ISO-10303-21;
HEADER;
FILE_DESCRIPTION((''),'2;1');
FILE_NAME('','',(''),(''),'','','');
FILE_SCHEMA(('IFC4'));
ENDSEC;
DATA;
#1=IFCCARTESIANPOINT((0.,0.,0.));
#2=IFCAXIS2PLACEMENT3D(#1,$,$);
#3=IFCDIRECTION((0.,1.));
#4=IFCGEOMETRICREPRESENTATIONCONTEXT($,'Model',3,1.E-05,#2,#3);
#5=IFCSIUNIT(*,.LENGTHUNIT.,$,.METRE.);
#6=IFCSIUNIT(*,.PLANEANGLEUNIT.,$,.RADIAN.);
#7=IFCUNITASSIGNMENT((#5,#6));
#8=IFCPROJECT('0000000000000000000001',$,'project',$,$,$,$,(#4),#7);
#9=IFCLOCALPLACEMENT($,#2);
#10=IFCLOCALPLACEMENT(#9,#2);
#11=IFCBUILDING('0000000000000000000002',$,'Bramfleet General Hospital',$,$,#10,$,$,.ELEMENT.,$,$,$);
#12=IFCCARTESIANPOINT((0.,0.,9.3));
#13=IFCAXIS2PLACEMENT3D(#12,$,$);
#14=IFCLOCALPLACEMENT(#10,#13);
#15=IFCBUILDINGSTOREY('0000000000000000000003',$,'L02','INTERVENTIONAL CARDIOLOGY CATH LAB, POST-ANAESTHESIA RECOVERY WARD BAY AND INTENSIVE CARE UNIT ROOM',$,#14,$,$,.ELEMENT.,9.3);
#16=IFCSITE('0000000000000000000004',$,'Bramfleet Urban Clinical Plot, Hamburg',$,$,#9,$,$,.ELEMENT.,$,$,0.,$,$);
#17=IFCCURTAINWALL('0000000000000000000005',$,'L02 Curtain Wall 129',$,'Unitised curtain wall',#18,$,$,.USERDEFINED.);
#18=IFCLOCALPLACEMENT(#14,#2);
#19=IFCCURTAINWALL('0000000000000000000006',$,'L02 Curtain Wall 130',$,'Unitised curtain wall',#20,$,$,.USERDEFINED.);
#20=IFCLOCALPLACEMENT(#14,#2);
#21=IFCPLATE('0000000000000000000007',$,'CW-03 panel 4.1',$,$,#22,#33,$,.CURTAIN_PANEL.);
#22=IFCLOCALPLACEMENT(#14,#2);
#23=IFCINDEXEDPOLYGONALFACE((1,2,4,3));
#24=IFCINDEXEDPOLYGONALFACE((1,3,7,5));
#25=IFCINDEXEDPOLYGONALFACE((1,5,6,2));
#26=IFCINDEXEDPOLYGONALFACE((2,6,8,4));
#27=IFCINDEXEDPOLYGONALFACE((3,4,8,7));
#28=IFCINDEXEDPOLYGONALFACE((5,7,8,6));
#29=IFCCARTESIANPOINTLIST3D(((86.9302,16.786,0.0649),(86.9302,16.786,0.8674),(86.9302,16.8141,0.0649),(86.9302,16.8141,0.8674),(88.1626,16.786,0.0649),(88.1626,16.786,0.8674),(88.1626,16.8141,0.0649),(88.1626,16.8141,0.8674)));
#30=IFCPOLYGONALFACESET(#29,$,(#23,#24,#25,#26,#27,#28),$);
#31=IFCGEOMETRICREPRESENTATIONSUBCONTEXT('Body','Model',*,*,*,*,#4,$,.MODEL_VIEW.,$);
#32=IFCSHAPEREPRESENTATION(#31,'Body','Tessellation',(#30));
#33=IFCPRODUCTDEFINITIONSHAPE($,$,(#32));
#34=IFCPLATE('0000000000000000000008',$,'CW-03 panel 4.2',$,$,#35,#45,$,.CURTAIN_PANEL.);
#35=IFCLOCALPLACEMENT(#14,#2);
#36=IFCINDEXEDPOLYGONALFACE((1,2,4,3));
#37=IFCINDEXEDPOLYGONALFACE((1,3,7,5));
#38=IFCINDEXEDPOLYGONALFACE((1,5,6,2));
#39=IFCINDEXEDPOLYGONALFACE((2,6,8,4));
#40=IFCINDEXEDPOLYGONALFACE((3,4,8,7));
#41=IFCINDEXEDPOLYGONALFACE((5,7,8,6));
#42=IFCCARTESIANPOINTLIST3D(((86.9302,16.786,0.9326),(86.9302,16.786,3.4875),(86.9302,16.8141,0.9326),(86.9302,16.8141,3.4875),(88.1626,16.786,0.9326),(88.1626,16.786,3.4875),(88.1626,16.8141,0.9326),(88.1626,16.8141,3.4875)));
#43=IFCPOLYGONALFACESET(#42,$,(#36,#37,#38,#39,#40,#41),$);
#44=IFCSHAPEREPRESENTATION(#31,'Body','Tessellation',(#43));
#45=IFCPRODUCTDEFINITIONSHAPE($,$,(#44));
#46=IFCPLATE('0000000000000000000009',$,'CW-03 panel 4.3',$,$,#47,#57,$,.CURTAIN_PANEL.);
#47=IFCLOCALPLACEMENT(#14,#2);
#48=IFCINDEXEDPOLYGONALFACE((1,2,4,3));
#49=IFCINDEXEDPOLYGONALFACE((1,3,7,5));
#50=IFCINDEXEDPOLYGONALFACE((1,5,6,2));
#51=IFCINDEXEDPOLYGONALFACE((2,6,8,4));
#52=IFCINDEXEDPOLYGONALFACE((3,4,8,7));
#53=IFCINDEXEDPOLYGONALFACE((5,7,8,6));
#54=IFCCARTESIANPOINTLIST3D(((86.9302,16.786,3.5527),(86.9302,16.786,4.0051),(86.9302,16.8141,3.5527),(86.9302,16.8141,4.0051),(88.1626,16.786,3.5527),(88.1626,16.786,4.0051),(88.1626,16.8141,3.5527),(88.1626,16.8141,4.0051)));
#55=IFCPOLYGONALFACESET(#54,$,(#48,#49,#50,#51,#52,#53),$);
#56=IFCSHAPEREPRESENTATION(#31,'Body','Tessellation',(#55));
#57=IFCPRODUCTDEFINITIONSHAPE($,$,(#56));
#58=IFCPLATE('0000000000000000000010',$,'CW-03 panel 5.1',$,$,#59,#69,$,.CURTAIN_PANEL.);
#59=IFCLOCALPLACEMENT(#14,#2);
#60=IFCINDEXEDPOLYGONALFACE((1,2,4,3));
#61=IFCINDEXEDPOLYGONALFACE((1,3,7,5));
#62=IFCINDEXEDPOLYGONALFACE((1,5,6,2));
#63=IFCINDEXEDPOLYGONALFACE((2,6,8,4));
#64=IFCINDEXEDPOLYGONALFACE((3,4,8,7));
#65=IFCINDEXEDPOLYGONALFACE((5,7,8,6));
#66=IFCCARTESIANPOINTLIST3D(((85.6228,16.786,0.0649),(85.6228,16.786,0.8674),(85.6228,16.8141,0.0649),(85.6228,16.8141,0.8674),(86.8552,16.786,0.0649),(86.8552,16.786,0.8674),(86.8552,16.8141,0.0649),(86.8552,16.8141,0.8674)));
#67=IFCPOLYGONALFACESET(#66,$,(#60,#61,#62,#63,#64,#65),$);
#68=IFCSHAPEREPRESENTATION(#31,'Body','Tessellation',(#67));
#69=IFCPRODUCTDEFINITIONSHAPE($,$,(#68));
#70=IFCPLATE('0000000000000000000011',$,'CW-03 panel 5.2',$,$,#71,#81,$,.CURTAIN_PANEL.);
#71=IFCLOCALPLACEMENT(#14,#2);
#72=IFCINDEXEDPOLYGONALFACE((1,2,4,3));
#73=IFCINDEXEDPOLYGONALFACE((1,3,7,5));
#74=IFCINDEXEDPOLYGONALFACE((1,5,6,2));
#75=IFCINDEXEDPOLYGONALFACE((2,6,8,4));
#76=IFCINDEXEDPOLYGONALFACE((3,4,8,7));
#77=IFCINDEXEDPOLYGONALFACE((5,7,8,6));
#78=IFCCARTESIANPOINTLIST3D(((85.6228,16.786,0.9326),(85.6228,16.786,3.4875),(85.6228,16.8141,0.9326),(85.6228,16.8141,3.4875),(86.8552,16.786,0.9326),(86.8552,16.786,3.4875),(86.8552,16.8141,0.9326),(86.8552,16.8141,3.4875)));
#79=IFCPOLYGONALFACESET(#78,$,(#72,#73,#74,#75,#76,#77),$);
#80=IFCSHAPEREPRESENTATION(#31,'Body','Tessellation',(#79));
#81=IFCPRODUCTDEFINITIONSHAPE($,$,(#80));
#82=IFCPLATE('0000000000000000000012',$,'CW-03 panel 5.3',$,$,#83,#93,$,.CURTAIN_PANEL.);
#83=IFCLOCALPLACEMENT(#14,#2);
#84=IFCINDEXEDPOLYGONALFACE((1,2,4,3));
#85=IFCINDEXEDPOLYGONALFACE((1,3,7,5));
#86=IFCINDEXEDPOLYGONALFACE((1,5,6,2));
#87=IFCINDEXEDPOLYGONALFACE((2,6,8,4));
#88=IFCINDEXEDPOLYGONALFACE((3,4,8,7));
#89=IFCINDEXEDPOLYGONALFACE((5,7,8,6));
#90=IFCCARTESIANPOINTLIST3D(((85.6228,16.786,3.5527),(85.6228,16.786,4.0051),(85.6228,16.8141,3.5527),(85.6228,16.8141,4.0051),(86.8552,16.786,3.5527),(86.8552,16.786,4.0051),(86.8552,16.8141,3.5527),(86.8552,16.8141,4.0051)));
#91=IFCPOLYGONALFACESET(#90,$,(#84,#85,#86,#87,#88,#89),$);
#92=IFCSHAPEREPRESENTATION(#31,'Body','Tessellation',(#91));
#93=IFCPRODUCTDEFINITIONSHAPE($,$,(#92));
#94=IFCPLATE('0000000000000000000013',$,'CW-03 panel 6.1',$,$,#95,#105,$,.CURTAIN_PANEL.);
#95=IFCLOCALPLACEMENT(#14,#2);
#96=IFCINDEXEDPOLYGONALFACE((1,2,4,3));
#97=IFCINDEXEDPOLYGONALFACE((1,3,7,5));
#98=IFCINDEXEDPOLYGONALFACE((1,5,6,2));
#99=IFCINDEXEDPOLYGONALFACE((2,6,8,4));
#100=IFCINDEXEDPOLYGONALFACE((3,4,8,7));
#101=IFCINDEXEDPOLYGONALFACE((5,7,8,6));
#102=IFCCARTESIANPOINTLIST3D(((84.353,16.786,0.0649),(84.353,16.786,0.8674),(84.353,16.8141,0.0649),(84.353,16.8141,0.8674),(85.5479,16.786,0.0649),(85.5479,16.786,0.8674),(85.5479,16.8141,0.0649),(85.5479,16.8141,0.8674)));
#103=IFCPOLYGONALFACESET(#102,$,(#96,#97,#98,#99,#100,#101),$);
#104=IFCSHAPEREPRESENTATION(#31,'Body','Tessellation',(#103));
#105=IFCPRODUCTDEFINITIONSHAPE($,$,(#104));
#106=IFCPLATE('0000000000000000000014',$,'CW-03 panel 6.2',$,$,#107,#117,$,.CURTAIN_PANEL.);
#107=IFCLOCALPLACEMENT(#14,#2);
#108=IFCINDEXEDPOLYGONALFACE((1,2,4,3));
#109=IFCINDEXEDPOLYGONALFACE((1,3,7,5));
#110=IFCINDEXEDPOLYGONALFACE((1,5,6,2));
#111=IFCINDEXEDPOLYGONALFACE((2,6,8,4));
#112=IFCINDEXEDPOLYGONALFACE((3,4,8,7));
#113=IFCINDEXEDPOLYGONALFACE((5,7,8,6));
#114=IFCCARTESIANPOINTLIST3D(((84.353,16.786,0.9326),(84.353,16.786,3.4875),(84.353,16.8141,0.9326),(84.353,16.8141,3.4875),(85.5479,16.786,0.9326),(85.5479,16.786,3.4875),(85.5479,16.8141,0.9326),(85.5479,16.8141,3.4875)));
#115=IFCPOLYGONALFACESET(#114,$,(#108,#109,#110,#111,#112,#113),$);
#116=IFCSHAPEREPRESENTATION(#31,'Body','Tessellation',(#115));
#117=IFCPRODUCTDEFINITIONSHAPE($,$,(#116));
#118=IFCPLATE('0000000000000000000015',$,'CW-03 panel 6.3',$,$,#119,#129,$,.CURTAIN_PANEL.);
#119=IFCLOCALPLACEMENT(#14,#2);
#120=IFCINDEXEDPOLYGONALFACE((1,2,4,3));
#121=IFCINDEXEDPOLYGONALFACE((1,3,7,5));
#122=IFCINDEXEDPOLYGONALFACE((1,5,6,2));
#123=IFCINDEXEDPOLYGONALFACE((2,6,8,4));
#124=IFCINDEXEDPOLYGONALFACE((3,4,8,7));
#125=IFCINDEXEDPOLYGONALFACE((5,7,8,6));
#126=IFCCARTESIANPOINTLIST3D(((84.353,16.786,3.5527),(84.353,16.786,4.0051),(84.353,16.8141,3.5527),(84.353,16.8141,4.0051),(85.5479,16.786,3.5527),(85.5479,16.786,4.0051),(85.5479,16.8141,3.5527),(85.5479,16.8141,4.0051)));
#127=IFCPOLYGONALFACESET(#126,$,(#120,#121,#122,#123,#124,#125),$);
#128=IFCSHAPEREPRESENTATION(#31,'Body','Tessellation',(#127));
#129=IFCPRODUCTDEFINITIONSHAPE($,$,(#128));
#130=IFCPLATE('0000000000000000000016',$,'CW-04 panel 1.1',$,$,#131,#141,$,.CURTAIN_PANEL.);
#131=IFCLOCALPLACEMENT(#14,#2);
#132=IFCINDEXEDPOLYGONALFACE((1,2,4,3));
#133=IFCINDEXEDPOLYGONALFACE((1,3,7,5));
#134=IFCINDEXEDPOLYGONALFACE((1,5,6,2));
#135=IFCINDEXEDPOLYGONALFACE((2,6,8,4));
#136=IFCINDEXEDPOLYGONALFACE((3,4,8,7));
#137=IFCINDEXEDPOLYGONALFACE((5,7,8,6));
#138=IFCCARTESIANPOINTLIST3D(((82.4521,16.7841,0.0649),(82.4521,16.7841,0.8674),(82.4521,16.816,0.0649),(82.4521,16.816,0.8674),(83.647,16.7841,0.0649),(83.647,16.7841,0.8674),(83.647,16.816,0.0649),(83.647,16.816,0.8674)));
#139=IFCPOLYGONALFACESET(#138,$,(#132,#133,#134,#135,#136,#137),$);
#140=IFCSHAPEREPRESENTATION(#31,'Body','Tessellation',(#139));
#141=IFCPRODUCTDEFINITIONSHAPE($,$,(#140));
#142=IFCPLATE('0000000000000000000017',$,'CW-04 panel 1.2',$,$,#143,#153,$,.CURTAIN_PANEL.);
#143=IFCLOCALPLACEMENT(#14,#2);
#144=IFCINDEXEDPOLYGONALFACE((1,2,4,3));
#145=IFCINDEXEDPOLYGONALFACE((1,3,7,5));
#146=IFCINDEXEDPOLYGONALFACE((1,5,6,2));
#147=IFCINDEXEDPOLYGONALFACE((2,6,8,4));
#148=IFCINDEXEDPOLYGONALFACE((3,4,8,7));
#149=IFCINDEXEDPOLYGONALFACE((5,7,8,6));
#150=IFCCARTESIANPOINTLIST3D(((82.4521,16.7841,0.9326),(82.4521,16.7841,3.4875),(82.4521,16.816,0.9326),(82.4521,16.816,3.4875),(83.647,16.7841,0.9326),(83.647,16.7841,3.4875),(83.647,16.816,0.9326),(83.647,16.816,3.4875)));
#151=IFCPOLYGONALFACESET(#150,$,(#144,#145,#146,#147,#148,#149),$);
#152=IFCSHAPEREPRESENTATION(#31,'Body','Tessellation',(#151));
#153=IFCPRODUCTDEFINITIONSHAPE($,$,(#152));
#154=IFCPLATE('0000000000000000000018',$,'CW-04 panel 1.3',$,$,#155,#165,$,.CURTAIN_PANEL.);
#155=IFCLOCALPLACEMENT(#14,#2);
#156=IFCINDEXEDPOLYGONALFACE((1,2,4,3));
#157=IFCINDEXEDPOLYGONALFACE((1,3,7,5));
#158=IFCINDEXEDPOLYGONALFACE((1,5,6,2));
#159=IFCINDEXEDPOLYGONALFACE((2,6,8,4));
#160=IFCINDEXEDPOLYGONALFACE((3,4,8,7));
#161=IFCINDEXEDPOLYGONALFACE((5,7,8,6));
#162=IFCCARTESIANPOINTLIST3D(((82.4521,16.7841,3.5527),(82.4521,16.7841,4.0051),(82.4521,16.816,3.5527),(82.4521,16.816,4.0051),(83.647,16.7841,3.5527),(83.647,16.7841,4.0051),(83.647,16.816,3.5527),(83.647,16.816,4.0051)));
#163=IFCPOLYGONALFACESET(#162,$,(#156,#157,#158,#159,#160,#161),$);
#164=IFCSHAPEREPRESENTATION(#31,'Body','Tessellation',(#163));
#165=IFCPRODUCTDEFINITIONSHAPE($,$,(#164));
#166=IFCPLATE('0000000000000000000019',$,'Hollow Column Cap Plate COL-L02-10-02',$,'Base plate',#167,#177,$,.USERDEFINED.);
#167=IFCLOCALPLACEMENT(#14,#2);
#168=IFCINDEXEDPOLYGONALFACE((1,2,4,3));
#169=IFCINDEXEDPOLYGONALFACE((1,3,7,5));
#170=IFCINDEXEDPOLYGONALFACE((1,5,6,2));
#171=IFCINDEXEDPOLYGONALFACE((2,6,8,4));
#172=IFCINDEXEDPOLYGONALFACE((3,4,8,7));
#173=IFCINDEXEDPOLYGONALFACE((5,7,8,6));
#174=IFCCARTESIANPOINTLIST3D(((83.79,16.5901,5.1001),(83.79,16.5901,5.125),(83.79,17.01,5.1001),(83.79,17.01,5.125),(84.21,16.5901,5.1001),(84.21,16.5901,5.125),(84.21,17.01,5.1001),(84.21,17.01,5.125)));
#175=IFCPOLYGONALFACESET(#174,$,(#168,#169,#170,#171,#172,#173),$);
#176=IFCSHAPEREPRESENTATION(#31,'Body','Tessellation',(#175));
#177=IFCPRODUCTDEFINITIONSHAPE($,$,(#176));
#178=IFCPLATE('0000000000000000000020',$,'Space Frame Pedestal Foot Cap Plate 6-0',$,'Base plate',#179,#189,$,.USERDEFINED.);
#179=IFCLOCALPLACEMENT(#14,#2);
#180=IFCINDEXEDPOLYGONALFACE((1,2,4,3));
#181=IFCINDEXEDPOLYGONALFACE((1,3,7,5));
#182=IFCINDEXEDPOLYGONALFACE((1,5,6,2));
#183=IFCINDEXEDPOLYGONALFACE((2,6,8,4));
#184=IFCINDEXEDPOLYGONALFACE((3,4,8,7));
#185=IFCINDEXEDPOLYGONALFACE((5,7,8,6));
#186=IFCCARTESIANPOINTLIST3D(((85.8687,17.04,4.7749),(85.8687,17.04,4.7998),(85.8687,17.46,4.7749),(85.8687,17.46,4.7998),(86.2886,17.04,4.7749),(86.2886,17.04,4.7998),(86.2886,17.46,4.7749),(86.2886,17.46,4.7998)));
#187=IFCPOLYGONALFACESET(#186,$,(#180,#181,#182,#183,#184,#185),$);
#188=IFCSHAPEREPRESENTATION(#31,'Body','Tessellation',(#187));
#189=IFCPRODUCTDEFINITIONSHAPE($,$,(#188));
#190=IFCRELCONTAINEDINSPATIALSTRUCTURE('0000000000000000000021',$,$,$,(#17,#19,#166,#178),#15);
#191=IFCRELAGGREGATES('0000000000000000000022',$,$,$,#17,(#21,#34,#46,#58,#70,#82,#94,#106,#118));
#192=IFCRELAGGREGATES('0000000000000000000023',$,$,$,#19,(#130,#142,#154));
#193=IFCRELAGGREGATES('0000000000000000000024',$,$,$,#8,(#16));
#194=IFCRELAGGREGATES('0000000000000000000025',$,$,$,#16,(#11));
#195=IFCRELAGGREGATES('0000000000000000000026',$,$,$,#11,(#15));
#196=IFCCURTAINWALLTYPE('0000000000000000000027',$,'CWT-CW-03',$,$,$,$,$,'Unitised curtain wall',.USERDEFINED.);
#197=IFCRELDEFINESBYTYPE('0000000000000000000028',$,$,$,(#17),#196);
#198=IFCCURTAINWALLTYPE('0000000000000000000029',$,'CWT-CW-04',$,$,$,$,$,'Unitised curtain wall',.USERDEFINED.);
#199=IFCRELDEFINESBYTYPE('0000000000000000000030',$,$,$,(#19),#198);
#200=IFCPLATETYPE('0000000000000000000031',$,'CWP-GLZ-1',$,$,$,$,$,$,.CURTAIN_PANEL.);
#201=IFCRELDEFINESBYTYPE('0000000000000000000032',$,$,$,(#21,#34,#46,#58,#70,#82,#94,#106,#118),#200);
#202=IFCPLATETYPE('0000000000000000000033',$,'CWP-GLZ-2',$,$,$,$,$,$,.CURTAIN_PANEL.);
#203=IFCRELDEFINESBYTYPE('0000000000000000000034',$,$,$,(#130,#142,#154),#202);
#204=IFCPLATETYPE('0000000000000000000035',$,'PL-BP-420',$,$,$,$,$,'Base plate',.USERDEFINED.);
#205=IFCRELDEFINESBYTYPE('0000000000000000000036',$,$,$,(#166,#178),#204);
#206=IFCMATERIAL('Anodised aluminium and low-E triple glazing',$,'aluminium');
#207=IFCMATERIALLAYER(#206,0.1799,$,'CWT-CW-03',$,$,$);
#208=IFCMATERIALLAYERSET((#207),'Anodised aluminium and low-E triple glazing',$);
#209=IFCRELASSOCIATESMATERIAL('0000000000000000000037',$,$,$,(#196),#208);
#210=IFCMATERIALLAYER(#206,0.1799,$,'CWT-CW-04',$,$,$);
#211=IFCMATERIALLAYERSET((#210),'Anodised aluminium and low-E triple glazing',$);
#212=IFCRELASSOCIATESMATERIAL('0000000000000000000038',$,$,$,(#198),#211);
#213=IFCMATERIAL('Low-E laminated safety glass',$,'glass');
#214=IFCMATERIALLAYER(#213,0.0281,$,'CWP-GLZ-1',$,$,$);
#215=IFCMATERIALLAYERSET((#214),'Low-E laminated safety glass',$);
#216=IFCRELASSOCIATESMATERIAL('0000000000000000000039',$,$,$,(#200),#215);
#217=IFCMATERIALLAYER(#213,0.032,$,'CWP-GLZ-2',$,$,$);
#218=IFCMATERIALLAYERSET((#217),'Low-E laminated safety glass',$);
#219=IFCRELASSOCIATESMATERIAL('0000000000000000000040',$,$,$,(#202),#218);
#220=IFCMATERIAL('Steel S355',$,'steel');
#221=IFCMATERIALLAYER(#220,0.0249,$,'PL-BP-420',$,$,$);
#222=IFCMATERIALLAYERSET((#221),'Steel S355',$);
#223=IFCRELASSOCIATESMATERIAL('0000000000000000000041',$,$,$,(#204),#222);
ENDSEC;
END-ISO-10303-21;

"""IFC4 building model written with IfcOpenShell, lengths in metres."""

from ifc_helpers import new_model, si_unit, direction, frame, origin, origin_2d, place, context, subcontext, project, spatial, rectangle, extrude, material, layer, layer_set, type_object, element, aggregate, save


model = new_model("IFC4")

# Units and contexts
model_context = context("Model", 3, precision=1e-05, world=origin(), true_north=direction((0.0, 1.0)))
body_context = subcontext(model_context, "Body", "Model", "MODEL_VIEW")
ifc_project = project(units=[si_unit("LENGTHUNIT", "METRE"), si_unit("PLANEANGLEUNIT", "RADIAN")], contexts=[model_context])

# Site, building, storey
site_placement = place(None, origin())
site = spatial("IfcSite", under=ifc_project, at=site_placement, Name="Bramfleet Urban Clinical Plot, Hamburg", CompositionType="ELEMENT", RefElevation=0.0)
building_placement = place(site_placement, origin())
building = spatial("IfcBuilding", under=site, at=building_placement, Name="Bramfleet General Hospital", CompositionType="ELEMENT")
storey_placement = place(building_placement, frame((0.0, 0.0, 9.3)))
storey = spatial("IfcBuildingStorey", under=building, at=storey_placement, Name="L02", Description="INTERVENTIONAL CARDIOLOGY CATH LAB, POST-ANAESTHESIA RECOVERY WARD BAY AND INTENSIVE CARE UNIT ROOM", CompositionType="ELEMENT", Elevation=9.3)

# Shared definitions
ifc_material_1 = material(Name="Steel S355", Category="steel")

# Curtain wall
ifc_material_2 = material(Name="Anodised aluminium and low-E triple glazing", Category="aluminium")
ifc_layer_1 = layer(ifc_material_2, 0.1799, Name="CWT-CW-03")
ifc_layer_set_1 = layer_set([ifc_layer_1], Name="Anodised aluminium and low-E triple glazing")
curtain_wall_type_1 = type_object("IfcCurtainWallType", Name="CWT-CW-03", ElementType="Unitised curtain wall", PredefinedType="USERDEFINED", material=ifc_layer_set_1)
curtain_wall_1_placement = place(storey_placement, origin())
curtain_wall_1 = element("IfcCurtainWall", 1, at=curtain_wall_1_placement, inside=storey, type_object=curtain_wall_type_1, Name="L02 Curtain Wall 129", ObjectType="Unitised curtain wall", PredefinedType="USERDEFINED")

# Curtain wall
ifc_layer_2 = layer(ifc_material_2, 0.1799, Name="CWT-CW-04")
ifc_layer_set_2 = layer_set([ifc_layer_2], Name="Anodised aluminium and low-E triple glazing")
curtain_wall_type_2 = type_object("IfcCurtainWallType", Name="CWT-CW-04", ElementType="Unitised curtain wall", PredefinedType="USERDEFINED", material=ifc_layer_set_2)
curtain_wall_2_placement = place(storey_placement, origin())
curtain_wall_2 = element("IfcCurtainWall", 2, at=curtain_wall_2_placement, inside=storey, type_object=curtain_wall_type_2, Name="L02 Curtain Wall 130", ObjectType="Unitised curtain wall", PredefinedType="USERDEFINED")

# Plates
ifc_material_3 = material(Name="Low-E laminated safety glass", Category="glass")
ifc_layer_3 = layer(ifc_material_3, 0.0281, Name="CWP-GLZ-1")
ifc_layer_set_3 = layer_set([ifc_layer_3], Name="Low-E laminated safety glass")
plate_type_1 = type_object("IfcPlateType", Name="CWP-GLZ-1", PredefinedType="CURTAIN_PANEL", material=ifc_layer_set_3)
plate_1_placement = place(storey_placement, frame((87.5464, 16.8, 0.0649), z_axis=(0.0, 0.0, 1.0), x_axis=(-1.0, 0.0, 0.0)))
plate_1 = element("IfcPlate", 3, at=plate_1_placement, type_object=plate_type_1, Name="CW-03 panel 4.1", PredefinedType="CURTAIN_PANEL", context=body_context, shape_type="SweptSolid", body=[
    extrude(rectangle(XDim=1.2324, YDim=0.0281, at=origin_2d()), origin(), (0.0, 0.0, 1.0), 0.8025),
])
plate_2_placement = place(storey_placement, frame((87.5464, 16.8, 0.9326), z_axis=(0.0, 0.0, 1.0), x_axis=(-1.0, 0.0, 0.0)))
plate_2 = element("IfcPlate", 4, at=plate_2_placement, type_object=plate_type_1, Name="CW-03 panel 4.2", PredefinedType="CURTAIN_PANEL", context=body_context, shape_type="SweptSolid", body=[
    extrude(rectangle(XDim=1.2324, YDim=0.0281, at=origin_2d()), origin(), (0.0, 0.0, 1.0), 2.5549),
])
plate_3_placement = place(storey_placement, frame((87.5464, 16.8, 3.5527), z_axis=(0.0, 0.0, 1.0), x_axis=(-1.0, 0.0, 0.0)))
plate_3 = element("IfcPlate", 5, at=plate_3_placement, type_object=plate_type_1, Name="CW-03 panel 4.3", PredefinedType="CURTAIN_PANEL", context=body_context, shape_type="SweptSolid", body=[
    extrude(rectangle(XDim=1.2324, YDim=0.0281, at=origin_2d()), origin(), (0.0, 0.0, 1.0), 0.4524),
])
plate_4_placement = place(storey_placement, frame((86.239, 16.8, 0.0649), z_axis=(0.0, 0.0, 1.0), x_axis=(-1.0, 0.0, 0.0)))
plate_4 = element("IfcPlate", 6, at=plate_4_placement, type_object=plate_type_1, Name="CW-03 panel 5.1", PredefinedType="CURTAIN_PANEL", context=body_context, shape_type="SweptSolid", body=[
    extrude(rectangle(XDim=1.2324, YDim=0.0281, at=origin_2d()), origin(), (0.0, 0.0, 1.0), 0.8025),
])
plate_5_placement = place(storey_placement, frame((86.239, 16.8, 0.9326), z_axis=(0.0, 0.0, 1.0), x_axis=(-1.0, 0.0, 0.0)))
plate_5 = element("IfcPlate", 7, at=plate_5_placement, type_object=plate_type_1, Name="CW-03 panel 5.2", PredefinedType="CURTAIN_PANEL", context=body_context, shape_type="SweptSolid", body=[
    extrude(rectangle(XDim=1.2324, YDim=0.0281, at=origin_2d()), origin(), (0.0, 0.0, 1.0), 2.5549),
])
plate_6_placement = place(storey_placement, frame((86.239, 16.8, 3.5527), z_axis=(0.0, 0.0, 1.0), x_axis=(-1.0, 0.0, 0.0)))
plate_6 = element("IfcPlate", 8, at=plate_6_placement, type_object=plate_type_1, Name="CW-03 panel 5.3", PredefinedType="CURTAIN_PANEL", context=body_context, shape_type="SweptSolid", body=[
    extrude(rectangle(XDim=1.2324, YDim=0.0281, at=origin_2d()), origin(), (0.0, 0.0, 1.0), 0.4524),
])
plate_7_placement = place(storey_placement, frame((84.9504, 16.8, 0.0649), z_axis=(0.0, 0.0, 1.0), x_axis=(-1.0, 0.0, 0.0)))
plate_7 = element("IfcPlate", 9, at=plate_7_placement, type_object=plate_type_1, Name="CW-03 panel 6.1", PredefinedType="CURTAIN_PANEL", context=body_context, shape_type="SweptSolid", body=[
    extrude(rectangle(XDim=1.1948, YDim=0.0281, at=origin_2d()), origin(), (0.0, 0.0, 1.0), 0.8025),
])
plate_8_placement = place(storey_placement, frame((84.9504, 16.8, 0.9326), z_axis=(0.0, 0.0, 1.0), x_axis=(-1.0, 0.0, 0.0)))
plate_8 = element("IfcPlate", 10, at=plate_8_placement, type_object=plate_type_1, Name="CW-03 panel 6.2", PredefinedType="CURTAIN_PANEL", context=body_context, shape_type="SweptSolid", body=[
    extrude(rectangle(XDim=1.1948, YDim=0.0281, at=origin_2d()), origin(), (0.0, 0.0, 1.0), 2.5549),
])
plate_9_placement = place(storey_placement, frame((84.9504, 16.8, 3.5527), z_axis=(0.0, 0.0, 1.0), x_axis=(-1.0, 0.0, 0.0)))
plate_9 = element("IfcPlate", 11, at=plate_9_placement, type_object=plate_type_1, Name="CW-03 panel 6.3", PredefinedType="CURTAIN_PANEL", context=body_context, shape_type="SweptSolid", body=[
    extrude(rectangle(XDim=1.1948, YDim=0.0281, at=origin_2d()), origin(), (0.0, 0.0, 1.0), 0.4524),
])
aggregate(curtain_wall_1, [plate_1, plate_2, plate_3, plate_4, plate_5, plate_6, plate_7, plate_8, plate_9])
ifc_layer_4 = layer(ifc_material_3, 0.032, Name="CWP-GLZ-2")
ifc_layer_set_4 = layer_set([ifc_layer_4], Name="Low-E laminated safety glass")
plate_type_2 = type_object("IfcPlateType", Name="CWP-GLZ-2", PredefinedType="CURTAIN_PANEL", material=ifc_layer_set_4)
plate_10_placement = place(storey_placement, frame((83.0496, 16.8, 0.0649), z_axis=(0.0, 0.0, 1.0), x_axis=(-1.0, 0.0, 0.0)))
plate_10 = element("IfcPlate", 12, at=plate_10_placement, type_object=plate_type_2, Name="CW-04 panel 1.1", PredefinedType="CURTAIN_PANEL", context=body_context, shape_type="SweptSolid", body=[
    extrude(rectangle(XDim=1.1948, YDim=0.032, at=origin_2d()), origin(), (0.0, 0.0, 1.0), 0.8025),
])
plate_11_placement = place(storey_placement, frame((83.0496, 16.8, 0.9326), z_axis=(0.0, 0.0, 1.0), x_axis=(-1.0, 0.0, 0.0)))
plate_11 = element("IfcPlate", 13, at=plate_11_placement, type_object=plate_type_2, Name="CW-04 panel 1.2", PredefinedType="CURTAIN_PANEL", context=body_context, shape_type="SweptSolid", body=[
    extrude(rectangle(XDim=1.1948, YDim=0.032, at=origin_2d()), origin(), (0.0, 0.0, 1.0), 2.5549),
])
plate_12_placement = place(storey_placement, frame((83.0496, 16.8, 3.5527), z_axis=(0.0, 0.0, 1.0), x_axis=(-1.0, 0.0, 0.0)))
plate_12 = element("IfcPlate", 14, at=plate_12_placement, type_object=plate_type_2, Name="CW-04 panel 1.3", PredefinedType="CURTAIN_PANEL", context=body_context, shape_type="SweptSolid", body=[
    extrude(rectangle(XDim=1.1948, YDim=0.032, at=origin_2d()), origin(), (0.0, 0.0, 1.0), 0.4524),
])
aggregate(curtain_wall_2, [plate_10, plate_11, plate_12])

# Plates
ifc_layer_5 = layer(ifc_material_1, 0.0249, Name="PL-BP-420")
ifc_layer_set_5 = layer_set([ifc_layer_5], Name="Steel S355")
plate_type_3 = type_object("IfcPlateType", Name="PL-BP-420", ElementType="Base plate", PredefinedType="USERDEFINED", material=ifc_layer_set_5)
for number, where, z_axis, x_axis, name in (
    (15, (84.0, 16.8, 5.1001), (0.0, 0.0, 1.0), (1.0, 0.0, 0.0), "Hollow Column Cap Plate COL-L02-10-02"),
    (16, (86.0786, 17.25, 4.7749), (0.0, 0.0, 1.0), (1.0, 0.0, 0.0), "Space Frame Pedestal Foot Cap Plate 6-0"),
):
    element("IfcPlate", number, at=place(storey_placement, frame(where, z_axis=z_axis, x_axis=x_axis)), inside=storey, type_object=plate_type_3, Name=name, ObjectType="Base plate", PredefinedType="USERDEFINED", context=body_context, shape_type="SweptSolid", body=[
        extrude(rectangle(XDim=0.4199, YDim=0.4199, at=origin_2d()), origin(), (0.0, 0.0, 1.0), 0.0249),
    ])

save(model, "model.ifc")
